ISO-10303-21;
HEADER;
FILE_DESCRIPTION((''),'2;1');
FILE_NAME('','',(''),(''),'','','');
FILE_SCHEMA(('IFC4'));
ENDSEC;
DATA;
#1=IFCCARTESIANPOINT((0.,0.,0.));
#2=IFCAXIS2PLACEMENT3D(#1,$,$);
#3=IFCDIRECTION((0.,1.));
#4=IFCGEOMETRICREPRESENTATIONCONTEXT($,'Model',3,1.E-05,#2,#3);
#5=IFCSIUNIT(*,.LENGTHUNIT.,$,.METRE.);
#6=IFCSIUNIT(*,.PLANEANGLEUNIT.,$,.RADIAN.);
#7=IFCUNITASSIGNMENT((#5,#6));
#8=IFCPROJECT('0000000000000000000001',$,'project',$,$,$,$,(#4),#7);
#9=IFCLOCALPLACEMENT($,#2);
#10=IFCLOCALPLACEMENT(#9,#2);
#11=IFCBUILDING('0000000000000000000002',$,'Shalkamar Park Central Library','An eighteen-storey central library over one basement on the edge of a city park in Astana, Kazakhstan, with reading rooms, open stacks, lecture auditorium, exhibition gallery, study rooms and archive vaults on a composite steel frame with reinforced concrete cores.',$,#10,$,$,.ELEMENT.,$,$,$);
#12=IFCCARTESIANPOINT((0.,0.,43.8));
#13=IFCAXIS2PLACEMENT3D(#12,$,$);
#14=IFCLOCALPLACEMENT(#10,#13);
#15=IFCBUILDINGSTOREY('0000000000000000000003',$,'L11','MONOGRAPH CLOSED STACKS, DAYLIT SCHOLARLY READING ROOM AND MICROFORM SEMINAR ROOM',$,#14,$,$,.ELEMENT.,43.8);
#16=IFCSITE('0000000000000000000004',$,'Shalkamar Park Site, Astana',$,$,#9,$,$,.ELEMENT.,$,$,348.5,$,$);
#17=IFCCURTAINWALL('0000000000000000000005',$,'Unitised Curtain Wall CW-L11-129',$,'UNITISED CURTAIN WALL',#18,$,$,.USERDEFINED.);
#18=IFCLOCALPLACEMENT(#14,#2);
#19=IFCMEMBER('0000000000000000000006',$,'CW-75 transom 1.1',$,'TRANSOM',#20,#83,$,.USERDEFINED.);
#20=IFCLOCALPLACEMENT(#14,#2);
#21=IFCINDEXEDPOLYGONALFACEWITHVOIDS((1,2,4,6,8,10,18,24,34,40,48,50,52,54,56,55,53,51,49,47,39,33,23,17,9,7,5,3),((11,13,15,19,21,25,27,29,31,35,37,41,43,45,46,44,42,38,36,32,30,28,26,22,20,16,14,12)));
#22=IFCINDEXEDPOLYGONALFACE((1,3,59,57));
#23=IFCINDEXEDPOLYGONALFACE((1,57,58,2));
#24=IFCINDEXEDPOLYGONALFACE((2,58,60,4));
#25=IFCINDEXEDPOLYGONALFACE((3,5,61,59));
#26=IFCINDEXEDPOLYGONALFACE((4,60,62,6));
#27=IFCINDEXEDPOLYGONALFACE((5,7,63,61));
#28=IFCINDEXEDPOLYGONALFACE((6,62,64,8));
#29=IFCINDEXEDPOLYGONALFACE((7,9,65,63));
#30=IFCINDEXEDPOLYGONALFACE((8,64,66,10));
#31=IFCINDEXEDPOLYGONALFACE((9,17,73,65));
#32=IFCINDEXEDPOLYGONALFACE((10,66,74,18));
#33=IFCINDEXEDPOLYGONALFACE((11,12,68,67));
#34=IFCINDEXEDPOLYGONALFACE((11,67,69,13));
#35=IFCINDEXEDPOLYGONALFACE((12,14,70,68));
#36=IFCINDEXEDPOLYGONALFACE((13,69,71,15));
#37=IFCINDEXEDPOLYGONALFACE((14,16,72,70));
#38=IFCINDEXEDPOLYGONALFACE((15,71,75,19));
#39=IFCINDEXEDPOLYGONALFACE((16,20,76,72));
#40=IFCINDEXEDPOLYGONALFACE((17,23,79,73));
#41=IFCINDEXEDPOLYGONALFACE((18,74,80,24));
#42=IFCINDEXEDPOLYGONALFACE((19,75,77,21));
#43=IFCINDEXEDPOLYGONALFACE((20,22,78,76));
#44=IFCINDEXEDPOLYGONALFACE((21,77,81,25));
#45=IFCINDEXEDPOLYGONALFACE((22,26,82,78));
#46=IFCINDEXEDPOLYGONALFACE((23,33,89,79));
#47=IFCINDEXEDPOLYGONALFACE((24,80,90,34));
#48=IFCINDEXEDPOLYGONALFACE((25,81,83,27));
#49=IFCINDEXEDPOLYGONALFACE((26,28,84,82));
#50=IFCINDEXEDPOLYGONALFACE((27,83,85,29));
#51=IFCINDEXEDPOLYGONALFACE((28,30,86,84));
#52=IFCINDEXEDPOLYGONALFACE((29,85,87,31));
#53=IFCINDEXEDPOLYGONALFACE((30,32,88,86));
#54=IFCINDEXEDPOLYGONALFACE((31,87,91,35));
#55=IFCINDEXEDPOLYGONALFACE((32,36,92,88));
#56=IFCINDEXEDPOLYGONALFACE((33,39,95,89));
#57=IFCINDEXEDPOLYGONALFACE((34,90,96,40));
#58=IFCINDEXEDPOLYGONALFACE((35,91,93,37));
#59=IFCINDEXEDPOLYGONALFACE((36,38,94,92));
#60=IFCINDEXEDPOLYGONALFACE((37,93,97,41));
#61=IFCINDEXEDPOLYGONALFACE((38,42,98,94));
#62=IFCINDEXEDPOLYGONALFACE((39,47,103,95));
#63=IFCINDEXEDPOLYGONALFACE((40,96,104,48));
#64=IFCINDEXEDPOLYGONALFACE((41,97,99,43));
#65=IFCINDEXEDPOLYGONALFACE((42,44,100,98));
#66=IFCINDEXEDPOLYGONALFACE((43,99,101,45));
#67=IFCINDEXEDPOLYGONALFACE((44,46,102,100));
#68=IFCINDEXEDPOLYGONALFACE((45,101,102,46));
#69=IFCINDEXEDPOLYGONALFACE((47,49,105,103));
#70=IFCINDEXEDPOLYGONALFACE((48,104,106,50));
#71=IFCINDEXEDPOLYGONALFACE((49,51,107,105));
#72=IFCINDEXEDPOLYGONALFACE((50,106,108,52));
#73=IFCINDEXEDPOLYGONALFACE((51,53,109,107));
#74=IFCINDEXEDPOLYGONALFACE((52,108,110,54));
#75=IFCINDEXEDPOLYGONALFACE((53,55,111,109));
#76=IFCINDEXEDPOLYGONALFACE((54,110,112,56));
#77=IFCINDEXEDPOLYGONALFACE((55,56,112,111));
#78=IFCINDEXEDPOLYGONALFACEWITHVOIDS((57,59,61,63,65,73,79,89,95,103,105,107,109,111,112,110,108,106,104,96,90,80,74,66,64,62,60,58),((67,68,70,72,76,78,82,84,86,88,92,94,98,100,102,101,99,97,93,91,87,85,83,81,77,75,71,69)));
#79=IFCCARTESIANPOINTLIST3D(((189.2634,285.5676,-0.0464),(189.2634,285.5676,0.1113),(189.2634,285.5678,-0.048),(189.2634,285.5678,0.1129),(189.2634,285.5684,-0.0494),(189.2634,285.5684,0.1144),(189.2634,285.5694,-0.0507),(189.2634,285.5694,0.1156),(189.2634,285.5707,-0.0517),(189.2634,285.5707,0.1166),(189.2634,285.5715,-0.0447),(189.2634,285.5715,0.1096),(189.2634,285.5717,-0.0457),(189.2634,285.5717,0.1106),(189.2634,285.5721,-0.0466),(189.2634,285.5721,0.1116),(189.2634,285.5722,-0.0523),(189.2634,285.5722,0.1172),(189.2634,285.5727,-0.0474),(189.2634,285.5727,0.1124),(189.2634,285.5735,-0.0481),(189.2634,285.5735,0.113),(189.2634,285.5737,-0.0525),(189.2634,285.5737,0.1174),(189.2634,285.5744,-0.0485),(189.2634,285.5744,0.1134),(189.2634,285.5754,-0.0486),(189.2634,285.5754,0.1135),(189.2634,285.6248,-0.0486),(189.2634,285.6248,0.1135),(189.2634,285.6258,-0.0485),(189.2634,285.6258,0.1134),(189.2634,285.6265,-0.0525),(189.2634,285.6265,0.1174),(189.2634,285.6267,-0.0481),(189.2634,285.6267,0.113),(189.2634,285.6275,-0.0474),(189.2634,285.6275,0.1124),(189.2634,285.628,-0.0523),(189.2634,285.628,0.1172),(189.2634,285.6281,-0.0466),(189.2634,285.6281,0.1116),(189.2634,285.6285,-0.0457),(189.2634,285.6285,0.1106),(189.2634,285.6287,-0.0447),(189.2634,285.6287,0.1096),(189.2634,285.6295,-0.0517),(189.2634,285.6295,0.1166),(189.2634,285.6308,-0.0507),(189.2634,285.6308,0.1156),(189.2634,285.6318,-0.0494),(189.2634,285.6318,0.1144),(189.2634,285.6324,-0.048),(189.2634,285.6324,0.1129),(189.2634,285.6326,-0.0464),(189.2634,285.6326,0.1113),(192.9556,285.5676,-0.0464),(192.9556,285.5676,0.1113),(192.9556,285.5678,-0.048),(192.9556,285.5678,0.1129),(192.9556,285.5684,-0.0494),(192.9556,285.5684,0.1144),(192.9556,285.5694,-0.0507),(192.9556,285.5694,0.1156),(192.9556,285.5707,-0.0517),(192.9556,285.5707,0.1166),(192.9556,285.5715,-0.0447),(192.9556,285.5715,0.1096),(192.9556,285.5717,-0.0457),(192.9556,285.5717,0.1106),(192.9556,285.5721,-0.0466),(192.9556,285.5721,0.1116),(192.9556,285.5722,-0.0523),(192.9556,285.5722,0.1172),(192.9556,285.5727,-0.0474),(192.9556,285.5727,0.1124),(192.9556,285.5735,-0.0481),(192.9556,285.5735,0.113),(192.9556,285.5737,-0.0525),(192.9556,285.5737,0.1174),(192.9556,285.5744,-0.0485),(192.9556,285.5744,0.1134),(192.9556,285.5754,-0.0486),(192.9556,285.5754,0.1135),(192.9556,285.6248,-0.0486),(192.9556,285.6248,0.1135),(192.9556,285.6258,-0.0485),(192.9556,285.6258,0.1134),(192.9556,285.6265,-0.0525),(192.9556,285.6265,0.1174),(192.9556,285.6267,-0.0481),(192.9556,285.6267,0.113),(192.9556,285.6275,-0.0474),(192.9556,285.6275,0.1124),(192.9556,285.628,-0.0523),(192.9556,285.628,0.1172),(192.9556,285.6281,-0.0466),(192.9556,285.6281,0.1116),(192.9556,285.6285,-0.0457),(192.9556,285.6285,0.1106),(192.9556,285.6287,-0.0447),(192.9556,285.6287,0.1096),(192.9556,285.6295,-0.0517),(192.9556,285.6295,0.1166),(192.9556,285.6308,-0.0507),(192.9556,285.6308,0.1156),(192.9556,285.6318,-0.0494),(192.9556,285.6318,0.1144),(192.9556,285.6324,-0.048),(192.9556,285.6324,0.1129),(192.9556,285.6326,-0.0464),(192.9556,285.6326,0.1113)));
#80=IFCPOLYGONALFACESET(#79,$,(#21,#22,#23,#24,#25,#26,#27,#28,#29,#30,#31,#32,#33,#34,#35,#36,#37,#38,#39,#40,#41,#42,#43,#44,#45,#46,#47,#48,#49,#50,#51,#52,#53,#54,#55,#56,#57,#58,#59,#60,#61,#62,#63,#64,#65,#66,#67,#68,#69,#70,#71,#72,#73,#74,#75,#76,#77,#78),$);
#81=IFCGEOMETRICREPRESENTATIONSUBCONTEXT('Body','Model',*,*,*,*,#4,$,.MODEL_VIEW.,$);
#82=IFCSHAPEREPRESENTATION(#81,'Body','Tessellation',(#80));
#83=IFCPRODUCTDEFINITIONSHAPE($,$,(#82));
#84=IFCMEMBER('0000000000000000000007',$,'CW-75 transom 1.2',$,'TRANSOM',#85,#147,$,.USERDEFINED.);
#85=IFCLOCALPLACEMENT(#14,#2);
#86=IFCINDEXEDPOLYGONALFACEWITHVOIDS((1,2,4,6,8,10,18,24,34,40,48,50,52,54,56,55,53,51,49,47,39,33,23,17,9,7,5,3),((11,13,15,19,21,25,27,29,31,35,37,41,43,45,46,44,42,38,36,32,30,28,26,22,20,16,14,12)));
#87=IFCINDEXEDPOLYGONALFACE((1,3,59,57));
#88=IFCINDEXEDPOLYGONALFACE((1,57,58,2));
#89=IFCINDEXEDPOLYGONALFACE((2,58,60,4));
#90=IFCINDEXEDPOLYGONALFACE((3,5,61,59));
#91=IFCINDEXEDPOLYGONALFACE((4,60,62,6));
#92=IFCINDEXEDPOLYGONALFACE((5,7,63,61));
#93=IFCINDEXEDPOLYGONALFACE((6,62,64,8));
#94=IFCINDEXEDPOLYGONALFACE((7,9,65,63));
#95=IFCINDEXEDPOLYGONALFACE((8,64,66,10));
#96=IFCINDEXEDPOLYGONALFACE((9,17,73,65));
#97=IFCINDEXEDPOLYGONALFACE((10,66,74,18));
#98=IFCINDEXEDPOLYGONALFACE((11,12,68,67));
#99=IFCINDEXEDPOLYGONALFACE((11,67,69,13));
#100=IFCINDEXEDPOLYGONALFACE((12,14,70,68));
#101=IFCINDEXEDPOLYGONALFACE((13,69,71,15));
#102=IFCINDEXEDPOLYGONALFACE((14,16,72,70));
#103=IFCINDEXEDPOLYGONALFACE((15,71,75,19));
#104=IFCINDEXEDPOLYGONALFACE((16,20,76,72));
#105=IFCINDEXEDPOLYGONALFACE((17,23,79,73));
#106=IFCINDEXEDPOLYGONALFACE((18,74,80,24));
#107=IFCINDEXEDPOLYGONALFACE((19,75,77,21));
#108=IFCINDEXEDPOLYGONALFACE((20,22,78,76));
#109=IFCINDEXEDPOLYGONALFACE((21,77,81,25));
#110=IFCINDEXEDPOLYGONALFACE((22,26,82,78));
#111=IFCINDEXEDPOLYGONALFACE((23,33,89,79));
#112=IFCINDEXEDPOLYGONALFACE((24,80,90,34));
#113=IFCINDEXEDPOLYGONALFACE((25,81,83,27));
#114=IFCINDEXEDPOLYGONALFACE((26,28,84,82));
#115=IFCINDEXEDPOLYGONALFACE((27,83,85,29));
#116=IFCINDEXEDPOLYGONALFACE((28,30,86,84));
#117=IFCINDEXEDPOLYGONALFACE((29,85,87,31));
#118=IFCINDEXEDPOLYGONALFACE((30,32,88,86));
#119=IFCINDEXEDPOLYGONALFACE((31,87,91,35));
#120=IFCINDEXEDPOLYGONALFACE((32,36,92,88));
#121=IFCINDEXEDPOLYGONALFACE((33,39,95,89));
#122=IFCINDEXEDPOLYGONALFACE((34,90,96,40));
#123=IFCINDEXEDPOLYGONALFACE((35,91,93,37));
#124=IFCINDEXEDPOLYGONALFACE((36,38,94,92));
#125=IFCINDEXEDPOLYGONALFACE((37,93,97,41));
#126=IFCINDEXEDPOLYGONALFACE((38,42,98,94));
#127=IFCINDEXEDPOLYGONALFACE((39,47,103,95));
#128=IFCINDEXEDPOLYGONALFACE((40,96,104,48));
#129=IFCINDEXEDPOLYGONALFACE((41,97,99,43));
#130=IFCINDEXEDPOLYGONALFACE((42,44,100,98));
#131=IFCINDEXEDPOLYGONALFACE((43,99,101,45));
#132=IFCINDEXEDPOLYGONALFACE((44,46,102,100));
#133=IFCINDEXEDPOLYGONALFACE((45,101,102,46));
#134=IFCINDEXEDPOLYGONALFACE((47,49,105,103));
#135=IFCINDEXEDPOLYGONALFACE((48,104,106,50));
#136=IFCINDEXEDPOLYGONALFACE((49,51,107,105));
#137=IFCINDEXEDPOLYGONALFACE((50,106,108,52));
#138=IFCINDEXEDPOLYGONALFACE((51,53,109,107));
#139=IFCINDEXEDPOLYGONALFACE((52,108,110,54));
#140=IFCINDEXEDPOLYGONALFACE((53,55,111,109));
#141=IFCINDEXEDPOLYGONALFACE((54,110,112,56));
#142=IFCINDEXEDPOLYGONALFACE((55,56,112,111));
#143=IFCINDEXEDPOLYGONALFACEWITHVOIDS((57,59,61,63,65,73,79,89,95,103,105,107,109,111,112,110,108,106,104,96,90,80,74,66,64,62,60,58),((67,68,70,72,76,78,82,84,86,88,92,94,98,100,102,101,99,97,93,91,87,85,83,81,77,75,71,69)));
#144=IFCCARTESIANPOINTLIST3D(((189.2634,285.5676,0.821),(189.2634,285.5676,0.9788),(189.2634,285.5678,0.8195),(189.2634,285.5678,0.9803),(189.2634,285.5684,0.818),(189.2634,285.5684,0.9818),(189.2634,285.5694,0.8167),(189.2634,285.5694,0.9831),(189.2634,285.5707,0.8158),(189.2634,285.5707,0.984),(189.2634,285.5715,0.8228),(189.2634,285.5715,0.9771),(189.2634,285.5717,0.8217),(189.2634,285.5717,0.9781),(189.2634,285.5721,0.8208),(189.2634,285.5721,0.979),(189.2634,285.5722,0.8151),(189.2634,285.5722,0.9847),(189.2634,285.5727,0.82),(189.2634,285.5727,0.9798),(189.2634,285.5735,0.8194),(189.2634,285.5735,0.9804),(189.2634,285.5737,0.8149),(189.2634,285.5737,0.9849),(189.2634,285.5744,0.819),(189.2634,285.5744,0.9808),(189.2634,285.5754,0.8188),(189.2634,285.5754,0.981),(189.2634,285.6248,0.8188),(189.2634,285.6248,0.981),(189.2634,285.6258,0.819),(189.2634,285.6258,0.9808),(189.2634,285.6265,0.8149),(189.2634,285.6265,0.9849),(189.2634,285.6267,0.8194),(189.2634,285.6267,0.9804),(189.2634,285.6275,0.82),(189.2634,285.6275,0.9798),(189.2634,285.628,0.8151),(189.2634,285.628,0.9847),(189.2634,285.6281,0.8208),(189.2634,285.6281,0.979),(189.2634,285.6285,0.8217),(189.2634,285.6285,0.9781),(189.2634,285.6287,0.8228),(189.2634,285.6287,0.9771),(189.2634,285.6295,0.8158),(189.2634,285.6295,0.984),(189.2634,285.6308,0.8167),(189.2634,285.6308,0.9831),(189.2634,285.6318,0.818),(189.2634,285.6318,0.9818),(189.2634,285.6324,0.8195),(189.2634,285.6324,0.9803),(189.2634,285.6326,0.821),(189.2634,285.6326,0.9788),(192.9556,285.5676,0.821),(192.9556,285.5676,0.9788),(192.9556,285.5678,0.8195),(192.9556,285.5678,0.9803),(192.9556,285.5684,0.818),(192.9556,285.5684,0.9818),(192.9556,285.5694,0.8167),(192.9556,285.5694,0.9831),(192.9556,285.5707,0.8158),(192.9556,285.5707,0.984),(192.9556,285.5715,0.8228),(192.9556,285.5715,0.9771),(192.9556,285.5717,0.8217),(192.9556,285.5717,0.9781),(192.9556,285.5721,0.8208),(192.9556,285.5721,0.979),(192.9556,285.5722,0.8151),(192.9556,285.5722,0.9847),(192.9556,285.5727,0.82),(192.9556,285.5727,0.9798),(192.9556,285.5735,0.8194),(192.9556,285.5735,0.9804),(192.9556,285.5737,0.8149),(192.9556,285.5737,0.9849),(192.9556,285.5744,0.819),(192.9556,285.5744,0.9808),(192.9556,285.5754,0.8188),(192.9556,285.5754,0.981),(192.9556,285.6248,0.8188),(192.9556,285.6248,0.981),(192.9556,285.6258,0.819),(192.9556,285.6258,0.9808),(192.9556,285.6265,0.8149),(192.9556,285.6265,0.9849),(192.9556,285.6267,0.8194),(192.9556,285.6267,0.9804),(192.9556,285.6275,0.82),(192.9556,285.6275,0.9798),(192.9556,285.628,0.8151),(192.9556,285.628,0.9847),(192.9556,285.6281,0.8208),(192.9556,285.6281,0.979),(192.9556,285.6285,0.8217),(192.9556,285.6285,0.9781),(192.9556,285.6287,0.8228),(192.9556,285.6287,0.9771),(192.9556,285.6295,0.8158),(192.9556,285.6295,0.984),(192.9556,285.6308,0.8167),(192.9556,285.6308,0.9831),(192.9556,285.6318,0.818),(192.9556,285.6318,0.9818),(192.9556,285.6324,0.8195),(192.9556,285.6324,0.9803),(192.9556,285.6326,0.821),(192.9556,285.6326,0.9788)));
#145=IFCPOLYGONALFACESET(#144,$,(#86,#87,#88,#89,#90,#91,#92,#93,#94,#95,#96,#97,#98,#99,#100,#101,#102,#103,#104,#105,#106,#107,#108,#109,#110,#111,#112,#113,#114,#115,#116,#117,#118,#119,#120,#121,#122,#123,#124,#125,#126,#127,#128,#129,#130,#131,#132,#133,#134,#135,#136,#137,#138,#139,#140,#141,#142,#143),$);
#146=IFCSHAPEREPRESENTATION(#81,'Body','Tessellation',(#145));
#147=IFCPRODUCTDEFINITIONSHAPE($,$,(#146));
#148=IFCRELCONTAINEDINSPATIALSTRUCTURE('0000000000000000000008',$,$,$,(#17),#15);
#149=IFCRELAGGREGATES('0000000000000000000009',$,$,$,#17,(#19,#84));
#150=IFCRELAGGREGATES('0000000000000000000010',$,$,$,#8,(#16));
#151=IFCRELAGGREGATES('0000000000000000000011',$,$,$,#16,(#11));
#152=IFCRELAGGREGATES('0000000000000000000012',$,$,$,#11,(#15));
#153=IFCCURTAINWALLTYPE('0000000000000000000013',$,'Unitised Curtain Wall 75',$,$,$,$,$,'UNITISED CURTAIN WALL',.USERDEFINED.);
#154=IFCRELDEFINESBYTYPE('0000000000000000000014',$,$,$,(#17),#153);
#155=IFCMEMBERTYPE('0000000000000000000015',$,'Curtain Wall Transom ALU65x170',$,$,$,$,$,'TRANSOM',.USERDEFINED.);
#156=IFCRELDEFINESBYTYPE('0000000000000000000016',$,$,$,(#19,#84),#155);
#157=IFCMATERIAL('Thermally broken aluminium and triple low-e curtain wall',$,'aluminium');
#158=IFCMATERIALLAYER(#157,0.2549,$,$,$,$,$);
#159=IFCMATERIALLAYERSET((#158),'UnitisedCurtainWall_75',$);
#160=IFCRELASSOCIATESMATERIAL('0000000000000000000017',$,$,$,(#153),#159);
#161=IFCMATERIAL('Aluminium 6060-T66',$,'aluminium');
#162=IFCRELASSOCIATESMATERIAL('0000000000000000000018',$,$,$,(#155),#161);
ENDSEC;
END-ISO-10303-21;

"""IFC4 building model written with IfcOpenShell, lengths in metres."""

from ifc_helpers import new_model, si_unit, direction, frame, origin, origin_2d, place, context, subcontext, project, spatial, hollow_rectangle, extrude, material, layer, layer_set, material_profile, profile_set, type_object, element, aggregate, save


model = new_model("IFC4")

# Units and contexts
model_context = context("Model", 3, precision=1e-05, world=origin(), true_north=direction((0.0, 1.0)))
body_context = subcontext(model_context, "Body", "Model", "MODEL_VIEW")
ifc_project = project(units=[si_unit("LENGTHUNIT", "METRE"), si_unit("PLANEANGLEUNIT", "RADIAN")], contexts=[model_context])

# Site, building, storey
site_placement = place(None, origin())
site = spatial("IfcSite", under=ifc_project, at=site_placement, Name="Shalkamar Park Site, Astana", CompositionType="ELEMENT", RefElevation=348.5)
building_placement = place(site_placement, origin())
building = spatial("IfcBuilding", under=site, at=building_placement, Name="Shalkamar Park Central Library", Description="An eighteen-storey central library over one basement on the edge of a city park in Astana, Kazakhstan, with reading rooms, open stacks, lecture auditorium, exhibition gallery, study rooms and archive vaults on a composite steel frame with reinforced concrete cores.", CompositionType="ELEMENT")
storey_placement = place(building_placement, frame((0.0, 0.0, 43.8)))
storey = spatial("IfcBuildingStorey", under=building, at=storey_placement, Name="L11", Description="MONOGRAPH CLOSED STACKS, DAYLIT SCHOLARLY READING ROOM AND MICROFORM SEMINAR ROOM", CompositionType="ELEMENT", Elevation=43.8)

# Curtain wall
ifc_material_1 = material(Name="Thermally broken aluminium and triple low-e curtain wall", Category="aluminium")
ifc_material_2 = material(Name="Aluminium 6060-T66", Category="aluminium")
ifc_layer_1 = layer(ifc_material_1, 0.2549)
ifc_layer_set_1 = layer_set([ifc_layer_1], Name="UnitisedCurtainWall_75")
curtain_wall_type_1 = type_object("IfcCurtainWallType", Name="Unitised Curtain Wall 75", ElementType="UNITISED CURTAIN WALL", PredefinedType="USERDEFINED", material=ifc_layer_set_1)
curtain_wall_1_placement = place(storey_placement, origin())
curtain_wall_1 = element("IfcCurtainWall", 1, at=curtain_wall_1_placement, inside=storey, type_object=curtain_wall_type_1, Name="Unitised Curtain Wall CW-L11-129", ObjectType="UNITISED CURTAIN WALL", PredefinedType="USERDEFINED")

# Members
ifc_material_profile_1 = material_profile(ifc_material_2, hollow_rectangle(XDim=0.0649, YDim=0.1699, WallThickness=0.0039, InnerFilletRadius=0.0039, OuterFilletRadius=0.0061, at=origin_2d()), Name="ALU 65x170x4")
ifc_profile_set_1 = profile_set([ifc_material_profile_1], Name="Aluminium 6060-T66")
member_type_1 = type_object("IfcMemberType", Name="Curtain Wall Transom ALU65x170", ElementType="TRANSOM", PredefinedType="USERDEFINED", material=ifc_profile_set_1)
member_1_placement = place(storey_placement, frame((189.2634, 285.6001, 0.0325), z_axis=(1.0, 0.0, 0.0), x_axis=(0.0, 1.0, 0.0)))
member_1 = element("IfcMember", 2, at=member_1_placement, type_object=member_type_1, Name="CW-75 transom 1.1", ObjectType="TRANSOM", PredefinedType="USERDEFINED", context=body_context, shape_type="SweptSolid", body=[
    extrude(hollow_rectangle(XDim=0.0649, YDim=0.1699, WallThickness=0.0039, InnerFilletRadius=0.0039, OuterFilletRadius=0.0061, at=origin_2d()), origin(), (0.0, 0.0, 1.0), 3.6921),
])
member_2_placement = place(storey_placement, frame((189.2634, 285.6001, 0.8999), z_axis=(1.0, 0.0, 0.0), x_axis=(0.0, 1.0, 0.0)))
member_2 = element("IfcMember", 3, at=member_2_placement, type_object=member_type_1, Name="CW-75 transom 1.2", ObjectType="TRANSOM", PredefinedType="USERDEFINED", context=body_context, shape_type="SweptSolid", body=[
    extrude(hollow_rectangle(XDim=0.0649, YDim=0.1699, WallThickness=0.0039, InnerFilletRadius=0.0039, OuterFilletRadius=0.0061, at=origin_2d()), origin(), (0.0, 0.0, 1.0), 3.6921),
])

aggregate(curtain_wall_1, [member_1, member_2])

save(model, "model.ifc")
